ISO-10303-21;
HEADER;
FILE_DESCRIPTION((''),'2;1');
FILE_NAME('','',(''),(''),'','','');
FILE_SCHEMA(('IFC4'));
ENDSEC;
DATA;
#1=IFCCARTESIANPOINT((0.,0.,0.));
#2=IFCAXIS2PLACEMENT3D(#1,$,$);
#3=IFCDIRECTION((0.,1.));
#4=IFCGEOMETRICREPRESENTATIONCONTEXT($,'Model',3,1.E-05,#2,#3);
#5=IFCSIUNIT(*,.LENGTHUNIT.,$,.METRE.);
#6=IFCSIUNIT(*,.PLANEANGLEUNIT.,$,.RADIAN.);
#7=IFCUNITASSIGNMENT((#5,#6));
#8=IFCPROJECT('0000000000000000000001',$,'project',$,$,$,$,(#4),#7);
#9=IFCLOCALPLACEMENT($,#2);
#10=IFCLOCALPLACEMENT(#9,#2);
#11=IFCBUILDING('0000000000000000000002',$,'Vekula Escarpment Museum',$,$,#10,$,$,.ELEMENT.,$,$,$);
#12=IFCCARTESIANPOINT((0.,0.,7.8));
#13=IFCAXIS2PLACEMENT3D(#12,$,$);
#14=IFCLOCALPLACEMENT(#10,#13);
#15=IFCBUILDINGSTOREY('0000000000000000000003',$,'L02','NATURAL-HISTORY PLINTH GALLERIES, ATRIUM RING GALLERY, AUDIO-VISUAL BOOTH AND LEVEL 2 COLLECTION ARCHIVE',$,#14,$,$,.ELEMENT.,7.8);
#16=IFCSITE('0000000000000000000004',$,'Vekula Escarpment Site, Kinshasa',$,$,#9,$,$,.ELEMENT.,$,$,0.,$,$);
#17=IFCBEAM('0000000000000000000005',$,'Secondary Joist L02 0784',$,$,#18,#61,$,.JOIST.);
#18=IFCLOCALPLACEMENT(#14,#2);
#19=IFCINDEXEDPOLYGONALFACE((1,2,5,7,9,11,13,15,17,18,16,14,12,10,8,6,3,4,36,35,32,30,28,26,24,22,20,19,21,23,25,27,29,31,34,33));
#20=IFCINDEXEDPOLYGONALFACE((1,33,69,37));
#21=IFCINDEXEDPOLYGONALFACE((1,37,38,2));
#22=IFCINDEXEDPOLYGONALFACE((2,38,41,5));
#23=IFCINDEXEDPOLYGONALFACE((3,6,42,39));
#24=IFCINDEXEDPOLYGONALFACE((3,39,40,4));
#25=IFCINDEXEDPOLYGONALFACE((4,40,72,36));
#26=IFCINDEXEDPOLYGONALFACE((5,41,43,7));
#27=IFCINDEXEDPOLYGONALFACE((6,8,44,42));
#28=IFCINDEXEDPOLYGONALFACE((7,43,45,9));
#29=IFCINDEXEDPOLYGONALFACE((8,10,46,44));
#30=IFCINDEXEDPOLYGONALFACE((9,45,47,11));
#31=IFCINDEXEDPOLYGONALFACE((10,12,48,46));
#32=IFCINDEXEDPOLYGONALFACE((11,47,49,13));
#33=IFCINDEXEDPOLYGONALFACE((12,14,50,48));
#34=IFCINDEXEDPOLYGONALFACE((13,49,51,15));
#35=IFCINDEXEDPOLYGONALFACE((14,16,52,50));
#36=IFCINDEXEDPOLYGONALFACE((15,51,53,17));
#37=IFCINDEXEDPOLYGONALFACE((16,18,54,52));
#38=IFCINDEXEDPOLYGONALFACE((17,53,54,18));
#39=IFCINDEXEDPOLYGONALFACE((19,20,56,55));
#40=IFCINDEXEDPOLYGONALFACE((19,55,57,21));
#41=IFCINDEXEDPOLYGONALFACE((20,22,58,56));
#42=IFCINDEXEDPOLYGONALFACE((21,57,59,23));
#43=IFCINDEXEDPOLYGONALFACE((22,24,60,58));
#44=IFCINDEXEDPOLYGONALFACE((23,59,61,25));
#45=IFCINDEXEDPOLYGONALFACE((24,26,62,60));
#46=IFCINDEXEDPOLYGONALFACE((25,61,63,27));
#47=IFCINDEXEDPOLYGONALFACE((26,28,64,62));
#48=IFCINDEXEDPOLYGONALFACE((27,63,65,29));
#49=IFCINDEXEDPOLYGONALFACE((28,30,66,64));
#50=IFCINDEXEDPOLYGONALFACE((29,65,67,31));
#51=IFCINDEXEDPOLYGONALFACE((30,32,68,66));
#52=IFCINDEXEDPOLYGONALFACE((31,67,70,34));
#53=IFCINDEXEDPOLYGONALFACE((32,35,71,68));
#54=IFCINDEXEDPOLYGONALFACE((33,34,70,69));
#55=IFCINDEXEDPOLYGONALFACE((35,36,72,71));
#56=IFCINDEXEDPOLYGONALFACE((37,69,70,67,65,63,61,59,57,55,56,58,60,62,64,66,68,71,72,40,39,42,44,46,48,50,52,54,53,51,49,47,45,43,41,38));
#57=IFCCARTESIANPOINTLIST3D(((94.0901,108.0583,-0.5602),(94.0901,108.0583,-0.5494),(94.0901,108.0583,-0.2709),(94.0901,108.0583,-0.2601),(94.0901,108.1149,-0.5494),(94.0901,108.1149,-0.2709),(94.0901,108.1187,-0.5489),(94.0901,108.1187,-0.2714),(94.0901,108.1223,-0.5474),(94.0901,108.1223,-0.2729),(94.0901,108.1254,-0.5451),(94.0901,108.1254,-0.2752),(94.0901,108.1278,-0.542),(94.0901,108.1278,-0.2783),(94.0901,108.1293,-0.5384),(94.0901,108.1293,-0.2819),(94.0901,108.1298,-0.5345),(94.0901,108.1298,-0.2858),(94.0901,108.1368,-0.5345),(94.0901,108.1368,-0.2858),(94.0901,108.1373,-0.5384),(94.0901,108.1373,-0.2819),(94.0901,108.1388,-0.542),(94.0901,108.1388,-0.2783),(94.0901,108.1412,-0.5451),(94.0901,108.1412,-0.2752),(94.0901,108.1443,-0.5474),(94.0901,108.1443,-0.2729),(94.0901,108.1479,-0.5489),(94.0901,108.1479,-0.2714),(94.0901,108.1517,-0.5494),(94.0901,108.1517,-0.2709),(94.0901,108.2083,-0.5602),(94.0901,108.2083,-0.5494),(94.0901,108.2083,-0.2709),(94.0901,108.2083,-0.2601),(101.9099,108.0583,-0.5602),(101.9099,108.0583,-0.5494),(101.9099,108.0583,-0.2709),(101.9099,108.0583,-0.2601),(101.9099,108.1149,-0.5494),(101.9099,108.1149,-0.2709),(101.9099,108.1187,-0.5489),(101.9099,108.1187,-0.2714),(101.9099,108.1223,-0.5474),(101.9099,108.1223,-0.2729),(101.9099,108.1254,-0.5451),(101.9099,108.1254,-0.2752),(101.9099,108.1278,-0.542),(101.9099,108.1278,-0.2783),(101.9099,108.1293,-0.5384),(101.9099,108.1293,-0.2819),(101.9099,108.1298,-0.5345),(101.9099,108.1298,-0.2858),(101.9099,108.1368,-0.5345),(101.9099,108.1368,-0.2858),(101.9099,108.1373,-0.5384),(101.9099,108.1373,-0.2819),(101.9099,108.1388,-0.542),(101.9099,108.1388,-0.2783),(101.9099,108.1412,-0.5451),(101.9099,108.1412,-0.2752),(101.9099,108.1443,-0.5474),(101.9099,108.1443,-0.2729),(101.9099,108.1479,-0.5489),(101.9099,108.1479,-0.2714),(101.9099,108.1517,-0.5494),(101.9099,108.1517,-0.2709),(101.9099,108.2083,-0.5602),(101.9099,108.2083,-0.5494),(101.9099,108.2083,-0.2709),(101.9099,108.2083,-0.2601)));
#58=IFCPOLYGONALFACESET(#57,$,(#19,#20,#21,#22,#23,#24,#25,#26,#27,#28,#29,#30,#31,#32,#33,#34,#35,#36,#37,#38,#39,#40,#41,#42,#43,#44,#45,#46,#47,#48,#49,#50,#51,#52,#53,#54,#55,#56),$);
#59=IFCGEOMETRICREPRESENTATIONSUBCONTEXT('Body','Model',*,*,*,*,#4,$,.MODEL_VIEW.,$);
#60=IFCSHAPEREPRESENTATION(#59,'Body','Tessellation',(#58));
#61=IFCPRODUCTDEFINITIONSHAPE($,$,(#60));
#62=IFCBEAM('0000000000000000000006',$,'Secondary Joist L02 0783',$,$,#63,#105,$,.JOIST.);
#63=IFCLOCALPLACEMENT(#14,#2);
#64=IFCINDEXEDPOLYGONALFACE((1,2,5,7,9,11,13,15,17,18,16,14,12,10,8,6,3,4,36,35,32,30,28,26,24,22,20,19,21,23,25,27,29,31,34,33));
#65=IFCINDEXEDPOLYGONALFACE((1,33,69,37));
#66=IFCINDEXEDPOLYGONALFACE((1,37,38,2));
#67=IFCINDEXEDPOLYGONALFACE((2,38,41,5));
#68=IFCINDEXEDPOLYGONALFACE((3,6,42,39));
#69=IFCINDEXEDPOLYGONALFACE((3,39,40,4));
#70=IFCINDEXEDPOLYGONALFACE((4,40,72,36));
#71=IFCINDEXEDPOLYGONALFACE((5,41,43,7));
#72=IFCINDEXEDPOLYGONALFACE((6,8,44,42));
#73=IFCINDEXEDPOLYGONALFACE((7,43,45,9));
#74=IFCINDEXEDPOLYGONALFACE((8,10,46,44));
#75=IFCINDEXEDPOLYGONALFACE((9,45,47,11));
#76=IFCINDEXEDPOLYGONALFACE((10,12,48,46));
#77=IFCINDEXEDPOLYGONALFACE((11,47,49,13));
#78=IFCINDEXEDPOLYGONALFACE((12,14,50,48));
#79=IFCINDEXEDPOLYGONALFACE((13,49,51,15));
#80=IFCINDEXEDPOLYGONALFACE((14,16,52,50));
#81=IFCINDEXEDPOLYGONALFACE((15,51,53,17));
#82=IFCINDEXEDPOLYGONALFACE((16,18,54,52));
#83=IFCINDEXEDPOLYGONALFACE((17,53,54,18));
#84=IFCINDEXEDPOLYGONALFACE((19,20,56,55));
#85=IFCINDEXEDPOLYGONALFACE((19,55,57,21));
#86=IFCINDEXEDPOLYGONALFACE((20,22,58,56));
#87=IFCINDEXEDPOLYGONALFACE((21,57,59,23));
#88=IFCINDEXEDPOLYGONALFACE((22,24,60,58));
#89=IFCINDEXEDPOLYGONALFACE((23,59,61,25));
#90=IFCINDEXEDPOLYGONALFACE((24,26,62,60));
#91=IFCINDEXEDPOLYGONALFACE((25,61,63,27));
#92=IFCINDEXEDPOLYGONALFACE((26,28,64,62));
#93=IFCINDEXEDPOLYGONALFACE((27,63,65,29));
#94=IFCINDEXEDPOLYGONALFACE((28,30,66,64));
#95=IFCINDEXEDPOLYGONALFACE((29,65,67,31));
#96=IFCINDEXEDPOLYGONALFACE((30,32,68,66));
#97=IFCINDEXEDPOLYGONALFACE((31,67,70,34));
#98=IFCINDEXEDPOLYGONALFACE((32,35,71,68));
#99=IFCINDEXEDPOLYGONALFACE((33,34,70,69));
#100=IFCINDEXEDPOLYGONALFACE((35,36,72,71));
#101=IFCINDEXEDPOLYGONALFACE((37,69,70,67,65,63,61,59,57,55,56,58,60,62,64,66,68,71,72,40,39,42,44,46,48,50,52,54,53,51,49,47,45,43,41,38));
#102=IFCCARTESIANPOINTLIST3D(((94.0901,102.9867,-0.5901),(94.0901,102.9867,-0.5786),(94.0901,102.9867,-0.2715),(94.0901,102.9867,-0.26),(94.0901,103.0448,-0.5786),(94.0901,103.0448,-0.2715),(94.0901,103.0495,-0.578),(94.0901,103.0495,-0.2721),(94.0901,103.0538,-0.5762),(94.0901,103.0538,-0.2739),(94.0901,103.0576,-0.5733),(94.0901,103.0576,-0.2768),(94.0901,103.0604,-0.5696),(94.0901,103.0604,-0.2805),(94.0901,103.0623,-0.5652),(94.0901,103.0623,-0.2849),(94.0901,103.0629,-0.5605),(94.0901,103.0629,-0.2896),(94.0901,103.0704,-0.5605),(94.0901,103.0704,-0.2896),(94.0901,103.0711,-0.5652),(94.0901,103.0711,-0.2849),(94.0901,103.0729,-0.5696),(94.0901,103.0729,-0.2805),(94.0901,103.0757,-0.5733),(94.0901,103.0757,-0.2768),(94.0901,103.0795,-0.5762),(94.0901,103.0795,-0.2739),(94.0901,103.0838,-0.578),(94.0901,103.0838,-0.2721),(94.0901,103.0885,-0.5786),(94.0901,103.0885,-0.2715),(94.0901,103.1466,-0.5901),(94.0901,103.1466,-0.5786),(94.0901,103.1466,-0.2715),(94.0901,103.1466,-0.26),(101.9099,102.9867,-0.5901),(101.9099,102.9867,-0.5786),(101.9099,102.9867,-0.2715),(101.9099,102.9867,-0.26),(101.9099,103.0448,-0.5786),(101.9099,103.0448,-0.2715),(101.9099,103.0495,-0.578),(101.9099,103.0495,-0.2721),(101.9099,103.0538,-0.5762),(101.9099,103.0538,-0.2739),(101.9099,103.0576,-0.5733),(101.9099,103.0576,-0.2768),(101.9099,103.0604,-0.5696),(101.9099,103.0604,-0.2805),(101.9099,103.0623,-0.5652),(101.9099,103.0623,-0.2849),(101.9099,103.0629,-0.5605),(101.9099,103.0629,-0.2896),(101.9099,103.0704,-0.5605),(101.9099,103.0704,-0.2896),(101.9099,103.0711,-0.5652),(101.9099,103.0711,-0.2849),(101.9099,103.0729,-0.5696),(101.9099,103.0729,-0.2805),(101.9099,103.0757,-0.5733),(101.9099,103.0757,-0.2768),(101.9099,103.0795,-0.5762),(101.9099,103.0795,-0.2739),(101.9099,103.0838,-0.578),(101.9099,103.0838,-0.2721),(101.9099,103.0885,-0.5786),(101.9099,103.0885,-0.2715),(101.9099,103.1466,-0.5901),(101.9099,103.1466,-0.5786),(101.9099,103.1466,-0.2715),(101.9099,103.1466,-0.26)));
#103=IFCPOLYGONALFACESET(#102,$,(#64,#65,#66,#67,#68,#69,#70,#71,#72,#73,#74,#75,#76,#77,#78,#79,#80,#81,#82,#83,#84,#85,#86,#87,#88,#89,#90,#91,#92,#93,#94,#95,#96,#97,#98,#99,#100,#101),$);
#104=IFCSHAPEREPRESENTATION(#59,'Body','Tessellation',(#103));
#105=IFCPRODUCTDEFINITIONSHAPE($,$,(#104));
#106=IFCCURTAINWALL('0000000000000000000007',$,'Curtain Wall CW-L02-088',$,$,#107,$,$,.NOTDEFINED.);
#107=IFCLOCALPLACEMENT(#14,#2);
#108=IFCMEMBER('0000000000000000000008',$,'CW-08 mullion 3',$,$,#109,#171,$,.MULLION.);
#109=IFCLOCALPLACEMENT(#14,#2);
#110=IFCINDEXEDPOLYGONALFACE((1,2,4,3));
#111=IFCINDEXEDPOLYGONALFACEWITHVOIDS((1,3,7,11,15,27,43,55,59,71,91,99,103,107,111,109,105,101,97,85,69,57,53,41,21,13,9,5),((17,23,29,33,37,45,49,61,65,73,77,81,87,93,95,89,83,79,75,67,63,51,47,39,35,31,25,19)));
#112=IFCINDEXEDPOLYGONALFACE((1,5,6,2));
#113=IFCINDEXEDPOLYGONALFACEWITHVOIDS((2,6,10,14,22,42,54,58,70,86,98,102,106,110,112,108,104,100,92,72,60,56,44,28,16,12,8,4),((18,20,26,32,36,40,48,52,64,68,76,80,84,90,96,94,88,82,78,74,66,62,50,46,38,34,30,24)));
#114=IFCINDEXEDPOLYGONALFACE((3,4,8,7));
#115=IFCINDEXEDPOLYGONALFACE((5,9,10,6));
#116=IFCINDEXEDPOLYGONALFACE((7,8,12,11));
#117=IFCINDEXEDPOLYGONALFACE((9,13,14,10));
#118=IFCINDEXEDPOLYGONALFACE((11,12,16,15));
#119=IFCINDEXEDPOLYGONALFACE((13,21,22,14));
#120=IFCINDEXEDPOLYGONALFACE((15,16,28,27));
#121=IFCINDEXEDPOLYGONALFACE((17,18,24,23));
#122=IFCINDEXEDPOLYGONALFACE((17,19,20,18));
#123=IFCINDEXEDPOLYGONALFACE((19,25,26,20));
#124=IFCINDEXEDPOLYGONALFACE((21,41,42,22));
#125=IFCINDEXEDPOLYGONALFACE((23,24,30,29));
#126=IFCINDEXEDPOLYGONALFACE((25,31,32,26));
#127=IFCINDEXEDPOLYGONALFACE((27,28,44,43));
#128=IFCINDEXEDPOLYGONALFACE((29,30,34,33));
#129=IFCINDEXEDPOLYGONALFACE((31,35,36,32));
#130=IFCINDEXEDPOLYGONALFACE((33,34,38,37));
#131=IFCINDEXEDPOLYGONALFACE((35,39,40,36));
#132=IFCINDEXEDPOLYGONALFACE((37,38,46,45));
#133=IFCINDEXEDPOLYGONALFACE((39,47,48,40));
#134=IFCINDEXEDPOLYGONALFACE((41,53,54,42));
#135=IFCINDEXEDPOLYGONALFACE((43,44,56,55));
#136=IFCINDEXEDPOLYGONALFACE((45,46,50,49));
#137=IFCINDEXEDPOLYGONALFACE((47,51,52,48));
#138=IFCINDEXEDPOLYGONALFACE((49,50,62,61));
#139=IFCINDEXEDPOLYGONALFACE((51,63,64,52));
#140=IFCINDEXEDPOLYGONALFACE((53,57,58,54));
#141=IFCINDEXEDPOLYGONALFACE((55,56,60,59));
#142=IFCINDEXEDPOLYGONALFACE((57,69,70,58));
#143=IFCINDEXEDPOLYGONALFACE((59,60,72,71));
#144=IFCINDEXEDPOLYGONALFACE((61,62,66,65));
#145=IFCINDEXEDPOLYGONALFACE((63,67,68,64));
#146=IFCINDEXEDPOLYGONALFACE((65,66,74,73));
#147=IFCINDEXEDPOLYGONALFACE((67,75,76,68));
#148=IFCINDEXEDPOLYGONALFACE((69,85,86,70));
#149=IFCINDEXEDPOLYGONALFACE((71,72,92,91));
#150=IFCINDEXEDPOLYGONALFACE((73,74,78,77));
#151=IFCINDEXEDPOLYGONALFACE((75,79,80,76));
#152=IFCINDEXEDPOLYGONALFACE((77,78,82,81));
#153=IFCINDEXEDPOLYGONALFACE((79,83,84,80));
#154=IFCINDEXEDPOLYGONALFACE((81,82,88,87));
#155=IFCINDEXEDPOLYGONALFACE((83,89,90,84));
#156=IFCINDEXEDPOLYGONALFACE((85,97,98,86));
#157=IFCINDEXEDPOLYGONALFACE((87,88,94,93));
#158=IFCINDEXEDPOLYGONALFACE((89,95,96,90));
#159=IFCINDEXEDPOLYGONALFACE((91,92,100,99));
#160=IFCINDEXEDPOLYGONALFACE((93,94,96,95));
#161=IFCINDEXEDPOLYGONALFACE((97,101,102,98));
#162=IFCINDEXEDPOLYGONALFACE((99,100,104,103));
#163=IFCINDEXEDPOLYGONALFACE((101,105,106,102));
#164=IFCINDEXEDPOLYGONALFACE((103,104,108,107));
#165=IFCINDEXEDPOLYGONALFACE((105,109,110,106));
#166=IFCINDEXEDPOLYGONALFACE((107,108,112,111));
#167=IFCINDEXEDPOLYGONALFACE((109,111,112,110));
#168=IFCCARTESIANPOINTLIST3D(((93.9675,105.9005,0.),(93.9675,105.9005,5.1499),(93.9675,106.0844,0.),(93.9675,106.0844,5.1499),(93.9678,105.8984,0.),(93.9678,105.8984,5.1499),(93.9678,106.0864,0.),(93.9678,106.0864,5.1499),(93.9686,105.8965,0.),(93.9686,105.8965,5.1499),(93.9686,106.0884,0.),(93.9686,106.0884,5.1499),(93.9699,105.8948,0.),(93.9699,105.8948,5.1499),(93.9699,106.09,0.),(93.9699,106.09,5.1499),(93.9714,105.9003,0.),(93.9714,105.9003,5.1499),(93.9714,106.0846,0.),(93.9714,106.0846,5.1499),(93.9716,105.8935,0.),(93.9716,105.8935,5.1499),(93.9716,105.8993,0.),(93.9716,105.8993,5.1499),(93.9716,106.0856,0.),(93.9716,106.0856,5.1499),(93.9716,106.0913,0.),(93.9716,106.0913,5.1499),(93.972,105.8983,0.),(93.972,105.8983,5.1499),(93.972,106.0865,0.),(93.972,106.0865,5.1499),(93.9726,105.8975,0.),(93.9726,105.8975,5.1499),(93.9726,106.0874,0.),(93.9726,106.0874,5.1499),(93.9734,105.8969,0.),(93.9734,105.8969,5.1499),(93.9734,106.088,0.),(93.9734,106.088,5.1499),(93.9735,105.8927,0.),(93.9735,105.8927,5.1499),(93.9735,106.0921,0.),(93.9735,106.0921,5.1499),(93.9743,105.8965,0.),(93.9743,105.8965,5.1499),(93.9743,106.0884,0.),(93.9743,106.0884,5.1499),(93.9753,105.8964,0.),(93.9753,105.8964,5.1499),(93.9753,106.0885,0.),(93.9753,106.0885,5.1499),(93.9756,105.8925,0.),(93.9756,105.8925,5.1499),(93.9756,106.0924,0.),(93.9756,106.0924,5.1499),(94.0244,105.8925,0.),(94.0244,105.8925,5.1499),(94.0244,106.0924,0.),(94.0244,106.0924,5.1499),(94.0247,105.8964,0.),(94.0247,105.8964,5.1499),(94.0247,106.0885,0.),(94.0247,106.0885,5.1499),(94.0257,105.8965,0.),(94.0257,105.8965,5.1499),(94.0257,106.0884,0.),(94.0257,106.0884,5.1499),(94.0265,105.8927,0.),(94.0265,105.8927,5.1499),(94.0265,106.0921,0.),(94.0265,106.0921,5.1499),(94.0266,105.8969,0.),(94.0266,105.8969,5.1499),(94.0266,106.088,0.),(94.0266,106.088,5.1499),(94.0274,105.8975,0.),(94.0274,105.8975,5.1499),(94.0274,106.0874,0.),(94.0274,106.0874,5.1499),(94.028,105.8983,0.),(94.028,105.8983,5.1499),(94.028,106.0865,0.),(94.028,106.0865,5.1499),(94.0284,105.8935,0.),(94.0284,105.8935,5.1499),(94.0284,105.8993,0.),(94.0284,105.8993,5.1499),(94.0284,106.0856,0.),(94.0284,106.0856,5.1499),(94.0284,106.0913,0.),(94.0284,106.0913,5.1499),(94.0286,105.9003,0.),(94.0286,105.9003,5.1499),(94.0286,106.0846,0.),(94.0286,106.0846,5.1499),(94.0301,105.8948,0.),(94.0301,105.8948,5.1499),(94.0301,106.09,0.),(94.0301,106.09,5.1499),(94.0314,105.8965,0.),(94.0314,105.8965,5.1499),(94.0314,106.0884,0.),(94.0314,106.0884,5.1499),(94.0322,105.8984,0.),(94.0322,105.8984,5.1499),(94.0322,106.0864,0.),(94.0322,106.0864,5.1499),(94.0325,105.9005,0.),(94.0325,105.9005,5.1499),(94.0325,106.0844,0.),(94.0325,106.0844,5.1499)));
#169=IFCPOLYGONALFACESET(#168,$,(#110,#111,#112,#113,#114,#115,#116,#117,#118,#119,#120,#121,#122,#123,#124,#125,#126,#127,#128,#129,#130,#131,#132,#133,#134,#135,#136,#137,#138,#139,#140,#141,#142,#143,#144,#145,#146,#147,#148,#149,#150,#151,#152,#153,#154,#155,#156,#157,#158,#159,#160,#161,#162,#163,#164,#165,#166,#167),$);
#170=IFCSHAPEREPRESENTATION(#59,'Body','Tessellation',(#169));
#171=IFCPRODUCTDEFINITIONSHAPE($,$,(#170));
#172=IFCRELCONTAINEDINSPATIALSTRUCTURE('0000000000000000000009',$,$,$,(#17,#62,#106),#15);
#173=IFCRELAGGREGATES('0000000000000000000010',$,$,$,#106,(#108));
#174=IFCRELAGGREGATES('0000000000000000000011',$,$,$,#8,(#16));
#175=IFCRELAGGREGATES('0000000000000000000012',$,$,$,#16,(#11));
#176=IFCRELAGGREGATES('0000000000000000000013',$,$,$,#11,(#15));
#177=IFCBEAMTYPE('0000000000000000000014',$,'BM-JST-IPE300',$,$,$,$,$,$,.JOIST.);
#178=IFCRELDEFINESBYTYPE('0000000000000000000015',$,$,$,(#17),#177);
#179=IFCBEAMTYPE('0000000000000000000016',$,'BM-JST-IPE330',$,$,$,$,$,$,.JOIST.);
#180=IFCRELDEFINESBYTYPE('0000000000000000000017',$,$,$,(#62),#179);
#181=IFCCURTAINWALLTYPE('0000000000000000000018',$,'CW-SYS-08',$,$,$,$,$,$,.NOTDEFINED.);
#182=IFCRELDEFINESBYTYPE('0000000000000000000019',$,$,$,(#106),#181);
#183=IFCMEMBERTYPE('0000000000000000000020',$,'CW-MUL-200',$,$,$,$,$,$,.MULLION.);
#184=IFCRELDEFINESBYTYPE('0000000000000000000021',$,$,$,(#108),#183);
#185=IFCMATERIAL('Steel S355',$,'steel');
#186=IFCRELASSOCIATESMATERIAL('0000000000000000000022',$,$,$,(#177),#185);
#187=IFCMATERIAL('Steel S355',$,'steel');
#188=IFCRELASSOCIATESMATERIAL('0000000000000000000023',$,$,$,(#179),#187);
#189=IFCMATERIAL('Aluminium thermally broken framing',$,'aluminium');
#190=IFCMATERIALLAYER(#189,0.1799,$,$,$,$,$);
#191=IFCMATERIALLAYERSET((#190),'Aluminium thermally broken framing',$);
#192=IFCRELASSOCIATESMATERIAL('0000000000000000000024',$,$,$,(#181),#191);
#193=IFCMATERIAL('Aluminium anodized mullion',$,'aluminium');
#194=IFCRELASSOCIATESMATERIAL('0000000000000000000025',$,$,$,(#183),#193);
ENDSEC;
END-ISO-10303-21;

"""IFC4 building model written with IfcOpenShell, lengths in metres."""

from ifc_helpers import new_model, si_unit, direction, frame, origin, origin_2d, place, context, subcontext, project, spatial, hollow_rectangle, i_section, extrude, material, layer, layer_set, material_profile, profile_set, type_object, element, aggregate, save


model = new_model("IFC4")

# Units and contexts
model_context = context("Model", 3, precision=1e-05, world=origin(), true_north=direction((0.0, 1.0)))
body_context = subcontext(model_context, "Body", "Model", "MODEL_VIEW")
ifc_project = project(units=[si_unit("LENGTHUNIT", "METRE"), si_unit("PLANEANGLEUNIT", "RADIAN")], contexts=[model_context])

# Site, building, storey
site_placement = place(None, origin())
site = spatial("IfcSite", under=ifc_project, at=site_placement, Name="Vekula Escarpment Site, Kinshasa", CompositionType="ELEMENT", RefElevation=0.0)
building_placement = place(site_placement, origin())
building = spatial("IfcBuilding", under=site, at=building_placement, Name="Vekula Escarpment Museum", CompositionType="ELEMENT")
storey_placement = place(building_placement, frame((0.0, 0.0, 7.8)))
storey = spatial("IfcBuildingStorey", under=building, at=storey_placement, Name="L02", Description="NATURAL-HISTORY PLINTH GALLERIES, ATRIUM RING GALLERY, AUDIO-VISUAL BOOTH AND LEVEL 2 COLLECTION ARCHIVE", CompositionType="ELEMENT", Elevation=7.8)

# Beams
ifc_material_1 = material(Name="Steel S355", Category="steel")
ifc_material_profile_1 = material_profile(ifc_material_1, i_section(OverallWidth=0.1499, OverallDepth=0.3, WebThickness=0.0071, FlangeThickness=0.0107, FilletRadius=0.0149, at=origin_2d()), Name="IPE 300")
ifc_profile_set_1 = profile_set([ifc_material_profile_1], Name="Steel S355")
beam_type_1 = type_object("IfcBeamType", Name="BM-JST-IPE300", PredefinedType="JOIST", material=ifc_profile_set_1)
beam_1_placement = place(storey_placement, frame((94.0901, 108.1333, -0.4102), z_axis=(1.0, 0.0, 0.0), x_axis=(0.0, 1.0, 0.0)))
element("IfcBeam", 1, at=beam_1_placement, inside=storey, type_object=beam_type_1, Name="Secondary Joist L02 0784", PredefinedType="JOIST", context=body_context, shape_type="SweptSolid", body=[
    extrude(i_section(OverallWidth=0.1499, OverallDepth=0.3, WebThickness=0.0071, FlangeThickness=0.0107, FilletRadius=0.0149, at=origin_2d()), origin(), (0.0, 0.0, 1.0), 7.8198),
])
ifc_material_2 = material(Name="Steel S355", Category="steel")
ifc_material_profile_2 = material_profile(ifc_material_2, i_section(OverallWidth=0.1599, OverallDepth=0.3301, WebThickness=0.0076, FlangeThickness=0.0115, FilletRadius=0.0181, at=origin_2d()), Name="IPE 330")
ifc_profile_set_2 = profile_set([ifc_material_profile_2], Name="Steel S355")
beam_type_2 = type_object("IfcBeamType", Name="BM-JST-IPE330", PredefinedType="JOIST", material=ifc_profile_set_2)
beam_2_placement = place(storey_placement, frame((94.0901, 103.0667, -0.425), z_axis=(1.0, 0.0, 0.0), x_axis=(0.0, 1.0, 0.0)))
element("IfcBeam", 2, at=beam_2_placement, inside=storey, type_object=beam_type_2, Name="Secondary Joist L02 0783", PredefinedType="JOIST", context=body_context, shape_type="SweptSolid", body=[
    extrude(i_section(OverallWidth=0.1599, OverallDepth=0.3301, WebThickness=0.0076, FlangeThickness=0.0115, FilletRadius=0.0181, at=origin_2d()), origin(), (0.0, 0.0, 1.0), 7.8198),
])

# Curtain wall, member
ifc_material_3 = material(Name="Aluminium thermally broken framing", Category="aluminium")
ifc_layer_1 = layer(ifc_material_3, 0.1799)
ifc_layer_set_1 = layer_set([ifc_layer_1], Name="Aluminium thermally broken framing")
curtain_wall_type_1 = type_object("IfcCurtainWallType", Name="CW-SYS-08", PredefinedType="NOTDEFINED", material=ifc_layer_set_1)
curtain_wall_1_placement = place(storey_placement, origin())
curtain_wall_1 = element("IfcCurtainWall", 3, at=curtain_wall_1_placement, inside=storey, type_object=curtain_wall_type_1, Name="Curtain Wall CW-L02-088", PredefinedType="NOTDEFINED")
ifc_material_4 = material(Name="Aluminium anodized mullion", Category="aluminium")
ifc_material_profile_3 = material_profile(ifc_material_4, hollow_rectangle(XDim=0.0649, YDim=0.2, WallThickness=0.0039, InnerFilletRadius=0.0039, OuterFilletRadius=0.0081, at=origin_2d()), Name="ALU 200x65x4")
ifc_profile_set_3 = profile_set([ifc_material_profile_3], Name="Aluminium anodized mullion")
member_type_1 = type_object("IfcMemberType", Name="CW-MUL-200", PredefinedType="MULLION", material=ifc_profile_set_3)
member_1_placement = place(storey_placement, frame((94.0, 105.9924, 0.0), z_axis=(0.0, 0.0, 1.0), x_axis=(1.0, 0.0, 0.0)))
member_1 = element("IfcMember", 4, at=member_1_placement, type_object=member_type_1, Name="CW-08 mullion 3", PredefinedType="MULLION", context=body_context, shape_type="SweptSolid", body=[
    extrude(hollow_rectangle(XDim=0.0649, YDim=0.2, WallThickness=0.0039, InnerFilletRadius=0.0039, OuterFilletRadius=0.0081, at=origin_2d()), origin(), (0.0, 0.0, 1.0), 5.1499),
])

aggregate(curtain_wall_1, [member_1])

save(model, "model.ifc")
